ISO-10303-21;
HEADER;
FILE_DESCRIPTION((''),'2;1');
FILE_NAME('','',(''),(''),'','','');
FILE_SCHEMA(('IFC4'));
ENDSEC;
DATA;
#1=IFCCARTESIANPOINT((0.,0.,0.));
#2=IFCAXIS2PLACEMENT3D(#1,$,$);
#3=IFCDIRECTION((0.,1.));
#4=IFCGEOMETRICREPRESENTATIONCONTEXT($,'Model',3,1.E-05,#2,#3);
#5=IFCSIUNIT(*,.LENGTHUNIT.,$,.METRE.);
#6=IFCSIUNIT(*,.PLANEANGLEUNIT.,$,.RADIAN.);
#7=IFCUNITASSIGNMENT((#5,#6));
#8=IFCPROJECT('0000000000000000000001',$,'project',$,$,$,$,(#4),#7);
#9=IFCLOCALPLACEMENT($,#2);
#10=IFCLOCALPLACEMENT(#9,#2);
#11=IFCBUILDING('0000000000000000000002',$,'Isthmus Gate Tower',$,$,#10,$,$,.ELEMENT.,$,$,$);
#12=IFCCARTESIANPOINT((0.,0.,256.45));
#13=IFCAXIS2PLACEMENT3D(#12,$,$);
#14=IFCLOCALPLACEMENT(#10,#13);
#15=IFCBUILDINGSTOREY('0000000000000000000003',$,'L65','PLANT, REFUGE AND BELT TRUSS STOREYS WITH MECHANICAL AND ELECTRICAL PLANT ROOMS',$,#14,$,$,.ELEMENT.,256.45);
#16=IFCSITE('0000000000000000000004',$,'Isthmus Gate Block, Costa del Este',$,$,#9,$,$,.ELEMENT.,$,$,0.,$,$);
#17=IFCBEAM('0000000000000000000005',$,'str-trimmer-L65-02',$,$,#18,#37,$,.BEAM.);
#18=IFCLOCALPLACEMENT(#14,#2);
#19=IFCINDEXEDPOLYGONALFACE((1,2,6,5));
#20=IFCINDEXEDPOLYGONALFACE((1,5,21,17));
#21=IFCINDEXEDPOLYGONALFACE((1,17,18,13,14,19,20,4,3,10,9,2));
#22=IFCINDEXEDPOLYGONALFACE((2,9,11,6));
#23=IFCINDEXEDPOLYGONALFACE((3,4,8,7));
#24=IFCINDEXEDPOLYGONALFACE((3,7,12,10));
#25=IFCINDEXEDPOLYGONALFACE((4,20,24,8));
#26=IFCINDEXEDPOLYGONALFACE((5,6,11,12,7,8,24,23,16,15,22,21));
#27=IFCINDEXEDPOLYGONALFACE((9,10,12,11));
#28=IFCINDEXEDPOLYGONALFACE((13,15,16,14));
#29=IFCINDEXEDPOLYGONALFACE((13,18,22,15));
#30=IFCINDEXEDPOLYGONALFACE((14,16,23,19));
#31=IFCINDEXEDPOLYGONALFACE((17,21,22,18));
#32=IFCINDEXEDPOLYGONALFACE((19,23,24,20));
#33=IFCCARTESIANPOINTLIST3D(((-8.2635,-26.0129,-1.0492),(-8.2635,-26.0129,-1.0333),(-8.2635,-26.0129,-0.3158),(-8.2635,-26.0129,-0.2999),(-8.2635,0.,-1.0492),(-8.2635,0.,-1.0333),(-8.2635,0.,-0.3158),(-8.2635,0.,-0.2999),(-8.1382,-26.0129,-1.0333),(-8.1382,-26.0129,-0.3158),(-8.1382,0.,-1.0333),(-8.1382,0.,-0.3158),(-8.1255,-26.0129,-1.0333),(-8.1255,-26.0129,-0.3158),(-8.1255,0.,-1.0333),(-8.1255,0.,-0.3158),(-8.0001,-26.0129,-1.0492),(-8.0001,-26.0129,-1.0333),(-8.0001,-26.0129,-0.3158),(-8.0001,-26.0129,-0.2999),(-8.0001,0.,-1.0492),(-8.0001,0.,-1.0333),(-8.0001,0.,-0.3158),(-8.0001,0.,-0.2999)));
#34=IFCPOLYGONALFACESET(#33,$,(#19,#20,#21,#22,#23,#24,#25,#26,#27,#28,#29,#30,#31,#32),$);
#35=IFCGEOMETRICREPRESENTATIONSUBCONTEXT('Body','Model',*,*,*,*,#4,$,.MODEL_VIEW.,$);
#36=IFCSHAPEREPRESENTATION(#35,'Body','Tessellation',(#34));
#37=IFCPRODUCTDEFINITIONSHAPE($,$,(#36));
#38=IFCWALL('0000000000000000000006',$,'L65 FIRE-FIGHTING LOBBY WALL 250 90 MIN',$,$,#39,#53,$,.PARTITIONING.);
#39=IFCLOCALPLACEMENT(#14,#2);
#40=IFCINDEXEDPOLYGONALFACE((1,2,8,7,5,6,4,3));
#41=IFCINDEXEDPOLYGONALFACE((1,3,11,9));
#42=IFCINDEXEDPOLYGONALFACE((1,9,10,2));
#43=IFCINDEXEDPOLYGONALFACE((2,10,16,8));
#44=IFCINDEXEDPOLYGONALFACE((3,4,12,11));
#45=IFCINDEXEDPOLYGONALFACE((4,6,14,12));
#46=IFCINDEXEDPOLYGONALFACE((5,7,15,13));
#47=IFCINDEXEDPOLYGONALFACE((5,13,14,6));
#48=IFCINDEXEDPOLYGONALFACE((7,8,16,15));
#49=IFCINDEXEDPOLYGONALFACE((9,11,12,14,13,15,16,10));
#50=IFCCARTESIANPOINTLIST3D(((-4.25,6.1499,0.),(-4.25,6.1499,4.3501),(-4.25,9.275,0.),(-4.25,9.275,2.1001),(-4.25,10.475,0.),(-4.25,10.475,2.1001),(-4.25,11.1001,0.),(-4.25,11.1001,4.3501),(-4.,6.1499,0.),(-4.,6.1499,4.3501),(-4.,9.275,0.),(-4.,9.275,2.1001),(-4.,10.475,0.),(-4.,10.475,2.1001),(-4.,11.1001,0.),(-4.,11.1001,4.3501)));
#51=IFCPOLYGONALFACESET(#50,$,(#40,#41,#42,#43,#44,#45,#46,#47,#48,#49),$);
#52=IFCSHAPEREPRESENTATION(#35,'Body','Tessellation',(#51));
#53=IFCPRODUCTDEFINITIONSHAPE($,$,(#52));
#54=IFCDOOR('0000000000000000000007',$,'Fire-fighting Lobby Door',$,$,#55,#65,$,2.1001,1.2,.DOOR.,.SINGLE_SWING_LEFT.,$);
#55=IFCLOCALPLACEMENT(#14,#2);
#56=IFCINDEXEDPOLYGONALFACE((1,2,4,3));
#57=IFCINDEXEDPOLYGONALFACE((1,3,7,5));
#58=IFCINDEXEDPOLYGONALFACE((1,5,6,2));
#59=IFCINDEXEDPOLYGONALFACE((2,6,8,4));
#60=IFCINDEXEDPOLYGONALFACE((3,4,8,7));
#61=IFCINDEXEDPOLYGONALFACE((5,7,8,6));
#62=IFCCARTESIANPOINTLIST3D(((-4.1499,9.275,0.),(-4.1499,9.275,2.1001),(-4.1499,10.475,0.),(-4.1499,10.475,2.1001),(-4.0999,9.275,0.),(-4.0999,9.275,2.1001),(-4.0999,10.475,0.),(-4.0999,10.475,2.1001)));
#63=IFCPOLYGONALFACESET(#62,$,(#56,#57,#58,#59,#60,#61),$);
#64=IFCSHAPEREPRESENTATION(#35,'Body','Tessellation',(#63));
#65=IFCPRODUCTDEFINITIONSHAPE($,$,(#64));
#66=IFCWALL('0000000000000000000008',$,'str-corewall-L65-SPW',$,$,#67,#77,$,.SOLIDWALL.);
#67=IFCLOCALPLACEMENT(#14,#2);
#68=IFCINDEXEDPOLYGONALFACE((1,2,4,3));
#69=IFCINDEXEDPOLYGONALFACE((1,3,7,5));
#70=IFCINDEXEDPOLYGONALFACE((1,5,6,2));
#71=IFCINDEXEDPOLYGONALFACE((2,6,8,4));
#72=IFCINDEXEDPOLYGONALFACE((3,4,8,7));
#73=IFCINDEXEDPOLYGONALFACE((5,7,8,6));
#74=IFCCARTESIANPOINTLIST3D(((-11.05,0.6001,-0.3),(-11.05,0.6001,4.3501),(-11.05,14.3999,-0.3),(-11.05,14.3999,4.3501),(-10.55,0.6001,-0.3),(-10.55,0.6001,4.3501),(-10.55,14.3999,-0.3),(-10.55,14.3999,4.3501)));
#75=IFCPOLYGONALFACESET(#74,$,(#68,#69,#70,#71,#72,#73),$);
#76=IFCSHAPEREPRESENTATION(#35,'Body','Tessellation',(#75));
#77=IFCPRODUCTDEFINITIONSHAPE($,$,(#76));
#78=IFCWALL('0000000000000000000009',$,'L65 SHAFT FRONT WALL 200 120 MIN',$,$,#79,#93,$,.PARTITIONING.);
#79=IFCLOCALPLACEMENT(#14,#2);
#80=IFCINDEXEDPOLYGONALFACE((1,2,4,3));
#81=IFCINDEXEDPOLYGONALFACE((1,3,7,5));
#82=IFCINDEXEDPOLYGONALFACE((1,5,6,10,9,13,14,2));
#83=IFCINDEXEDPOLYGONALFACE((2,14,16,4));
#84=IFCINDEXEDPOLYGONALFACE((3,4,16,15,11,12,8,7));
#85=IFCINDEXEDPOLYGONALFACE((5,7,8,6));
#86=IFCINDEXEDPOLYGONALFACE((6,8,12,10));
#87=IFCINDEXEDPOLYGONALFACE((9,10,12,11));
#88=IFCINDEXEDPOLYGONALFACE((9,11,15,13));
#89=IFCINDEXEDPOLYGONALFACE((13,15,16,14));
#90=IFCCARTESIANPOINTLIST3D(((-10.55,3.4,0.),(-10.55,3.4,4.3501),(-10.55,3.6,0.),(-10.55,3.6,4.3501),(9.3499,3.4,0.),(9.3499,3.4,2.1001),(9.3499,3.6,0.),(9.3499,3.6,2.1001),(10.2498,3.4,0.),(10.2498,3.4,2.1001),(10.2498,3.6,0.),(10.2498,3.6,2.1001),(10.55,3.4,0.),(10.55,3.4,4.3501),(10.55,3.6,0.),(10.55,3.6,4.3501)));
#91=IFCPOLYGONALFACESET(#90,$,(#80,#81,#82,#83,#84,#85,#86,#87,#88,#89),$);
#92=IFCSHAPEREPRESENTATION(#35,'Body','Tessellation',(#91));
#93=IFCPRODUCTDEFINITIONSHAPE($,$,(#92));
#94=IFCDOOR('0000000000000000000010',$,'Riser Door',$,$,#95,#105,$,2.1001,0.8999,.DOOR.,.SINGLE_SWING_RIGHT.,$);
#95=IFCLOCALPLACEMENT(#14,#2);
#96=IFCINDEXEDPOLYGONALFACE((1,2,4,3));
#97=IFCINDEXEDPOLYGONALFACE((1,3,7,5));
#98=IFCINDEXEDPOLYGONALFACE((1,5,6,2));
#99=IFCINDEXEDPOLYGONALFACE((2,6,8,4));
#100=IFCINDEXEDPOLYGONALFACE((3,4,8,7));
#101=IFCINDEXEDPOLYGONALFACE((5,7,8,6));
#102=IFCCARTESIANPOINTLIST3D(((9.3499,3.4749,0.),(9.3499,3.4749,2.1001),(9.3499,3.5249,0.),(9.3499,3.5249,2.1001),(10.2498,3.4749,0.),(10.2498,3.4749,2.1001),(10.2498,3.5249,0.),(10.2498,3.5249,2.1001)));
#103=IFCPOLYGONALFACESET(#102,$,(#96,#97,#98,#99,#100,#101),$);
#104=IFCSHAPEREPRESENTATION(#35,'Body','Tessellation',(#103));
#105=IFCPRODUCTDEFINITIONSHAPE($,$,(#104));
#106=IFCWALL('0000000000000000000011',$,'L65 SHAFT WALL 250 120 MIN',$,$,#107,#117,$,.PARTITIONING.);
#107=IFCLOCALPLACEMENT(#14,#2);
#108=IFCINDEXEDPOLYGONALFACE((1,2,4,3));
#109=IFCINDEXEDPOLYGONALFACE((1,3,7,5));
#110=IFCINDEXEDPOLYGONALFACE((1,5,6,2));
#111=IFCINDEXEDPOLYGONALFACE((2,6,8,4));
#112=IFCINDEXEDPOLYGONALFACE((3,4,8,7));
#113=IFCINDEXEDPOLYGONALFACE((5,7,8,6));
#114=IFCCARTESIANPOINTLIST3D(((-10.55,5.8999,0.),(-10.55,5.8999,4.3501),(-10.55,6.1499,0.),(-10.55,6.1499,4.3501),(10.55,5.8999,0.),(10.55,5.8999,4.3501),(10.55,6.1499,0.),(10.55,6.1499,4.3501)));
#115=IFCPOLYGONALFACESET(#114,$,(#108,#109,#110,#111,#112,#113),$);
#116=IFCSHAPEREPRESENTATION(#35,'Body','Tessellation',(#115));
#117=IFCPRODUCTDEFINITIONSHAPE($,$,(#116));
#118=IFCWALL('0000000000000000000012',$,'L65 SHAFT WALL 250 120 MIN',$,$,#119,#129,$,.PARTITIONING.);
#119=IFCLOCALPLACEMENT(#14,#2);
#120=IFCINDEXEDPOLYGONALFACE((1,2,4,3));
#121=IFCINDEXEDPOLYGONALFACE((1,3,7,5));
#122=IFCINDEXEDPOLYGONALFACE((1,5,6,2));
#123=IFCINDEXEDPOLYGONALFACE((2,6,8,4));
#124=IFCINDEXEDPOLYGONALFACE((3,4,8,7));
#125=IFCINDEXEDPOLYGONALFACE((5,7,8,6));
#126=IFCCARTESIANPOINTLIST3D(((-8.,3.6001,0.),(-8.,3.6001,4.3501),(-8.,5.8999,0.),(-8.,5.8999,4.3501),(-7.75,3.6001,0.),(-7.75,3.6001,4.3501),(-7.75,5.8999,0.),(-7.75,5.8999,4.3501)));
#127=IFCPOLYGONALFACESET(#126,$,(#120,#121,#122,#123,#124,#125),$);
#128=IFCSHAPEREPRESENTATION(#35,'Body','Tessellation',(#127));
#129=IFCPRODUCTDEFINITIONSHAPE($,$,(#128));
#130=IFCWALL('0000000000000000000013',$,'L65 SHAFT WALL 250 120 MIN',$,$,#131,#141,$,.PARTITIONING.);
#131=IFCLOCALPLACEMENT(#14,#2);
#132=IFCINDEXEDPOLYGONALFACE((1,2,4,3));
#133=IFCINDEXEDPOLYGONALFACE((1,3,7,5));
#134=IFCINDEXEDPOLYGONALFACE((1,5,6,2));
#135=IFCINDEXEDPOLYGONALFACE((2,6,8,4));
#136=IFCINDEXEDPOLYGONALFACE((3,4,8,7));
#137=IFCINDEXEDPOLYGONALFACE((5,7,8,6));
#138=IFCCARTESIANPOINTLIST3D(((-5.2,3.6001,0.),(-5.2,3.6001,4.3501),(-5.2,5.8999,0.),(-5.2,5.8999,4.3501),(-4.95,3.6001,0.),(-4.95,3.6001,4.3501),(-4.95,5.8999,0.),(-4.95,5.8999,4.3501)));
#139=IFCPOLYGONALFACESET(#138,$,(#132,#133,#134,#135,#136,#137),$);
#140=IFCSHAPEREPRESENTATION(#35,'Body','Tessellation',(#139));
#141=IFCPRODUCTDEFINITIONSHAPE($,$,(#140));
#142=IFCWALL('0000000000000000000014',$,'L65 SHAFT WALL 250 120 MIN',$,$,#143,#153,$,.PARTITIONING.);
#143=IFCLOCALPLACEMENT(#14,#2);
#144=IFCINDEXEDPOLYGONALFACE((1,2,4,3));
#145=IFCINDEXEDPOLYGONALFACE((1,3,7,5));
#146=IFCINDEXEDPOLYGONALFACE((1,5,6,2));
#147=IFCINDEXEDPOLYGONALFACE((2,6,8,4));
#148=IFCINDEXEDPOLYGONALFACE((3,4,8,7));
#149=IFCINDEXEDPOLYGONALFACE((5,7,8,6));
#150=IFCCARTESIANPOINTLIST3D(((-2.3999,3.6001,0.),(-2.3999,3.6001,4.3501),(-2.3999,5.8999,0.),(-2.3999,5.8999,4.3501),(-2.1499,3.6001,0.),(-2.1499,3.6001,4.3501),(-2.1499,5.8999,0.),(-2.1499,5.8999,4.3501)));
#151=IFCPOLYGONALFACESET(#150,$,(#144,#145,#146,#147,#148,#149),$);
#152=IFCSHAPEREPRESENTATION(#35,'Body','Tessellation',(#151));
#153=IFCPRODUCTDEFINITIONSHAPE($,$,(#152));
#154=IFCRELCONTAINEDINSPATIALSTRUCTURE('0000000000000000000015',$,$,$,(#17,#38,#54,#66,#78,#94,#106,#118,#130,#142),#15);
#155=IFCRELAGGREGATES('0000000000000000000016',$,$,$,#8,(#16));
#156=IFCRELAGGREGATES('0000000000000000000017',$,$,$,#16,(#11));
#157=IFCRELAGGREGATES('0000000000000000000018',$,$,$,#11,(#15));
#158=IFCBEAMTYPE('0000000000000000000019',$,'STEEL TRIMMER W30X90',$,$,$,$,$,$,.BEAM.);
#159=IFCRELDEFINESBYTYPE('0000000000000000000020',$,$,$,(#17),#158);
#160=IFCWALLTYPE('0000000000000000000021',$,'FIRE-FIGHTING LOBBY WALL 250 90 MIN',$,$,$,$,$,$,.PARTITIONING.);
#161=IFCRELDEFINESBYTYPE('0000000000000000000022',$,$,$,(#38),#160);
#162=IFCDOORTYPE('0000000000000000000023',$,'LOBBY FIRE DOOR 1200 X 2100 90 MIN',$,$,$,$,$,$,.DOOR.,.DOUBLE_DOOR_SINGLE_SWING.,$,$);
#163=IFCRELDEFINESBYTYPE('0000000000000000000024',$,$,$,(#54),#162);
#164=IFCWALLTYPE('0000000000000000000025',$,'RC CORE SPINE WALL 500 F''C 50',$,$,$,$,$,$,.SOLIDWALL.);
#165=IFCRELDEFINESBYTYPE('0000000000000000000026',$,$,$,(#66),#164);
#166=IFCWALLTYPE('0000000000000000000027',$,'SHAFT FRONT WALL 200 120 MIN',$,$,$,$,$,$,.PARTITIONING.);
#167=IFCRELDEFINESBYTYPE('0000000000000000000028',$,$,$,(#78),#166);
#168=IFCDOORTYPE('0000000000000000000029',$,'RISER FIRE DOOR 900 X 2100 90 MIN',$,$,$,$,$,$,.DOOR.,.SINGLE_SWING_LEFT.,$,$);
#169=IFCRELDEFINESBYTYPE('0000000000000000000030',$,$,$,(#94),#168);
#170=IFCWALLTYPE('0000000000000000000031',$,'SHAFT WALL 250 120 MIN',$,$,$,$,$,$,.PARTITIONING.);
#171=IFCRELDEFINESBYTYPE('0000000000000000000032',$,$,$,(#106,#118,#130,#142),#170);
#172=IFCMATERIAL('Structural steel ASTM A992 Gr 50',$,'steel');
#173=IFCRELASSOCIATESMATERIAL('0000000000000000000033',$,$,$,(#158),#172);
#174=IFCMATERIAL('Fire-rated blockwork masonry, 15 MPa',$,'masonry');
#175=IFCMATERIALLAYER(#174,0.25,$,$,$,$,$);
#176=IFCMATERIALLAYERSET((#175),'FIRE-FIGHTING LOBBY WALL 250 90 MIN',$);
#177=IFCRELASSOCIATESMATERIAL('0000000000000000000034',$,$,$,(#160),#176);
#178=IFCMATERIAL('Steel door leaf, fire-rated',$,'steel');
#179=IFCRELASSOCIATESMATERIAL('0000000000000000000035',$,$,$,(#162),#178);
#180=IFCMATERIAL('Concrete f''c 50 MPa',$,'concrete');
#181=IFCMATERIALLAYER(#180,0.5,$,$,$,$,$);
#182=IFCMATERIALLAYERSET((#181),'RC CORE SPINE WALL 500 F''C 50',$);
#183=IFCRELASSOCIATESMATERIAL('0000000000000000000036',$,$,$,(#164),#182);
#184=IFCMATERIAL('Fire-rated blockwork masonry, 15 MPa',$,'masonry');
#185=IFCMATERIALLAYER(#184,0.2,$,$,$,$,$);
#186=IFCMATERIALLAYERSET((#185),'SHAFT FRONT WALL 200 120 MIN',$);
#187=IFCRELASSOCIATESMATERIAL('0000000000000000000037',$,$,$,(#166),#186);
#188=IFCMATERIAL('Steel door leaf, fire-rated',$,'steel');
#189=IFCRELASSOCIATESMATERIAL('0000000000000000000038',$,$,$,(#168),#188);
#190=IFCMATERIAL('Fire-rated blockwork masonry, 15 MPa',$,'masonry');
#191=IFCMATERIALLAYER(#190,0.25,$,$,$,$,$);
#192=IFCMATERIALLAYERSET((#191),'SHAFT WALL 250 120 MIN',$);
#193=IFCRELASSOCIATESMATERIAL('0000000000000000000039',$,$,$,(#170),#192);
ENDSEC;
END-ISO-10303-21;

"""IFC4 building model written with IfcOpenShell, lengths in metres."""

from ifc_helpers import new_model, si_unit, direction, frame, frame_2d, origin, origin_2d, place, context, subcontext, project, spatial, rectangle, i_section, extrude, material, layer, layer_set, material_profile, profile_set, type_object, element, fill, save


model = new_model("IFC4")

# Units and contexts
model_context = context("Model", 3, precision=1e-05, world=origin(), true_north=direction((0.0, 1.0)))
body_context = subcontext(model_context, "Body", "Model", "MODEL_VIEW")
ifc_project = project(units=[si_unit("LENGTHUNIT", "METRE"), si_unit("PLANEANGLEUNIT", "RADIAN")], contexts=[model_context])

# Site, building, storey
site_placement = place(None, origin())
site = spatial("IfcSite", under=ifc_project, at=site_placement, Name="Isthmus Gate Block, Costa del Este", CompositionType="ELEMENT", RefElevation=0.0)
building_placement = place(site_placement, origin())
building = spatial("IfcBuilding", under=site, at=building_placement, Name="Isthmus Gate Tower", CompositionType="ELEMENT")
storey_placement = place(building_placement, frame((0.0, 0.0, 256.45)))
storey = spatial("IfcBuildingStorey", under=building, at=storey_placement, Name="L65", Description="PLANT, REFUGE AND BELT TRUSS STOREYS WITH MECHANICAL AND ELECTRICAL PLANT ROOMS", CompositionType="ELEMENT", Elevation=256.45)

# Beam
ifc_material_1 = material(Name="Structural steel ASTM A992 Gr 50", Category="steel")
ifc_material_profile = material_profile(ifc_material_1, i_section(OverallWidth=0.2634, OverallDepth=0.7493, WebThickness=0.0127, FlangeThickness=0.0159, at=origin_2d()), Name="W30X90")
ifc_profile_set = profile_set([ifc_material_profile], Name="Structural steel ASTM A992 Gr 50")
beam_type = type_object("IfcBeamType", Name="STEEL TRIMMER W30X90", PredefinedType="BEAM", material=ifc_profile_set)
beam_placement = place(storey_placement, frame((-8.1318, 0.0, -0.6746), z_axis=(0.0, -1.0, 0.0), x_axis=(1.0, 0.0, 0.0)))
element("IfcBeam", 1, at=beam_placement, inside=storey, type_object=beam_type, Name="str-trimmer-L65-02", PredefinedType="BEAM", context=body_context, shape_type="SweptSolid", body=[
    extrude(i_section(OverallWidth=0.2634, OverallDepth=0.7493, WebThickness=0.0127, FlangeThickness=0.0159, at=origin_2d()), origin(), (0.0, 0.0, 1.0), 26.0129),
])

# Wall, opening, door
ifc_material_2 = material(Name="Fire-rated blockwork masonry, 15 MPa", Category="masonry")
ifc_layer_1 = layer(ifc_material_2, 0.25)
ifc_layer_set_1 = layer_set([ifc_layer_1], Name="FIRE-FIGHTING LOBBY WALL 250 90 MIN")
wall_type_1 = type_object("IfcWallType", Name="FIRE-FIGHTING LOBBY WALL 250 90 MIN", PredefinedType="PARTITIONING", material=ifc_layer_set_1)
wall_1_placement = place(storey_placement, frame((-4.125, 6.1499, 0.0), z_axis=(0.0, 0.0, 1.0), x_axis=(0.0, 1.0, 0.0)))
wall_1 = element("IfcWall", 2, at=wall_1_placement, inside=storey, type_object=wall_type_1, Name="L65 FIRE-FIGHTING LOBBY WALL 250 90 MIN", PredefinedType="PARTITIONING", context=body_context, shape_type="SweptSolid", body=[
    extrude(rectangle(XDim=4.9502, YDim=0.25, at=frame_2d((2.4751, 0.0))), origin(), (0.0, 0.0, 1.0), 4.3501),
])
opening_1_placement = place(wall_1_placement, frame((3.125, 0.0, 0.0)))
opening_1 = element("IfcOpeningElement", 3, at=opening_1_placement, cuts=wall_1, PredefinedType="OPENING", context=body_context, shape_type="SweptSolid", body=[
    extrude(rectangle(XDim=1.2, YDim=2.1001, at=frame_2d((0.6001, 1.05))), frame((0.0, 0.135, 0.0), z_axis=(0.0, -1.0, 0.0), x_axis=(1.0, 0.0, 0.0)), (0.0, 0.0, 1.0), 0.27),
])
ifc_material_3 = material(Name="Steel door leaf, fire-rated", Category="steel")
door_type_1 = type_object("IfcDoorType", Name="LOBBY FIRE DOOR 1200 X 2100 90 MIN", OperationType="DOUBLE_DOOR_SINGLE_SWING", PredefinedType="DOOR", material=ifc_material_3)
door_1_placement = place(opening_1_placement, origin())
door_1 = element("IfcDoor", 4, at=door_1_placement, inside=storey, type_object=door_type_1, Name="Fire-fighting Lobby Door", OperationType="SINGLE_SWING_LEFT", OverallHeight=2.1001, OverallWidth=1.2, PredefinedType="DOOR", context=body_context, shape_type="SweptSolid", body=[
    extrude(rectangle(XDim=1.2, YDim=2.1001, at=frame_2d((0.6001, 1.05))), frame((0.0, 0.0249, 0.0), z_axis=(0.0, -1.0, 0.0), x_axis=(1.0, 0.0, 0.0)), (0.0, 0.0, 1.0), 0.05),
])
fill(opening_1, door_1)

# Wall
ifc_material_4 = material(Name="Concrete f'c 50 MPa", Category="concrete")
ifc_layer_2 = layer(ifc_material_4, 0.5)
ifc_layer_set_2 = layer_set([ifc_layer_2], Name="RC CORE SPINE WALL 500 F'C 50")
wall_type_2 = type_object("IfcWallType", Name="RC CORE SPINE WALL 500 F'C 50", PredefinedType="SOLIDWALL", material=ifc_layer_set_2)
wall_2_placement = place(storey_placement, frame((-10.8, 0.6001, -0.3), z_axis=(0.0, 0.0, 1.0), x_axis=(0.0, 1.0, 0.0)))
element("IfcWall", 5, at=wall_2_placement, inside=storey, type_object=wall_type_2, Name="str-corewall-L65-SPW", PredefinedType="SOLIDWALL", context=body_context, shape_type="SweptSolid", body=[
    extrude(rectangle(XDim=13.7998, YDim=0.5, at=frame_2d((6.8999, 0.0))), origin(), (0.0, 0.0, 1.0), 4.6501),
])

# Wall, opening, door
ifc_material_5 = material(Name="Fire-rated blockwork masonry, 15 MPa", Category="masonry")
ifc_layer_3 = layer(ifc_material_5, 0.2)
ifc_layer_set_3 = layer_set([ifc_layer_3], Name="SHAFT FRONT WALL 200 120 MIN")
wall_type_3 = type_object("IfcWallType", Name="SHAFT FRONT WALL 200 120 MIN", PredefinedType="PARTITIONING", material=ifc_layer_set_3)
wall_3_placement = place(storey_placement, frame((-10.55, 3.5, 0.0), z_axis=(0.0, 0.0, 1.0), x_axis=(1.0, 0.0, 0.0)))
wall_3 = element("IfcWall", 6, at=wall_3_placement, inside=storey, type_object=wall_type_3, Name="L65 SHAFT FRONT WALL 200 120 MIN", PredefinedType="PARTITIONING", context=body_context, shape_type="SweptSolid", body=[
    extrude(rectangle(XDim=21.1001, YDim=0.2, at=frame_2d((10.55, 0.0))), origin(), (0.0, 0.0, 1.0), 4.3501),
])
opening_2_placement = place(wall_3_placement, frame((19.8999, 0.0, 0.0)))
opening_2 = element("IfcOpeningElement", 7, at=opening_2_placement, cuts=wall_3, PredefinedType="OPENING", context=body_context, shape_type="SweptSolid", body=[
    extrude(rectangle(XDim=0.8999, YDim=2.1001, at=frame_2d((0.45, 1.05))), frame((0.0, 0.1099, 0.0), z_axis=(0.0, -1.0, 0.0), x_axis=(1.0, 0.0, 0.0)), (0.0, 0.0, 1.0), 0.22),
])
ifc_material_6 = material(Name="Steel door leaf, fire-rated", Category="steel")
door_type_2 = type_object("IfcDoorType", Name="RISER FIRE DOOR 900 X 2100 90 MIN", OperationType="SINGLE_SWING_LEFT", PredefinedType="DOOR", material=ifc_material_6)
door_2_placement = place(opening_2_placement, origin())
door_2 = element("IfcDoor", 8, at=door_2_placement, inside=storey, type_object=door_type_2, Name="Riser Door", OperationType="SINGLE_SWING_RIGHT", OverallHeight=2.1001, OverallWidth=0.8999, PredefinedType="DOOR", context=body_context, shape_type="SweptSolid", body=[
    extrude(rectangle(XDim=0.8999, YDim=2.1001, at=frame_2d((0.45, 1.05))), frame((0.0, 0.0249, 0.0), z_axis=(0.0, -1.0, 0.0), x_axis=(1.0, 0.0, 0.0)), (0.0, 0.0, 1.0), 0.05),
])
fill(opening_2, door_2)

# Walls
ifc_material_7 = material(Name="Fire-rated blockwork masonry, 15 MPa", Category="masonry")
ifc_layer_4 = layer(ifc_material_7, 0.25)
ifc_layer_set_4 = layer_set([ifc_layer_4], Name="SHAFT WALL 250 120 MIN")
wall_type_4 = type_object("IfcWallType", Name="SHAFT WALL 250 120 MIN", PredefinedType="PARTITIONING", material=ifc_layer_set_4)
wall_4_placement = place(storey_placement, frame((-10.55, 6.0249, 0.0), z_axis=(0.0, 0.0, 1.0), x_axis=(1.0, 0.0, 0.0)))
element("IfcWall", 9, at=wall_4_placement, inside=storey, type_object=wall_type_4, Name="L65 SHAFT WALL 250 120 MIN", PredefinedType="PARTITIONING", context=body_context, shape_type="SweptSolid", body=[
    extrude(rectangle(XDim=21.1001, YDim=0.25, at=frame_2d((10.55, 0.0))), origin(), (0.0, 0.0, 1.0), 4.3501),
])
for number, where, z_axis, x_axis, name in (
    (10, (-7.875, 3.6001, 0.0), (0.0, 0.0, 1.0), (0.0, 1.0, 0.0), "L65 SHAFT WALL 250 120 MIN"),
    (11, (-5.075, 3.6001, 0.0), (0.0, 0.0, 1.0), (0.0, 1.0, 0.0), "L65 SHAFT WALL 250 120 MIN"),
    (12, (-2.2749, 3.6001, 0.0), (0.0, 0.0, 1.0), (0.0, 1.0, 0.0), "L65 SHAFT WALL 250 120 MIN"),
):
    element("IfcWall", number, at=place(storey_placement, frame(where, z_axis=z_axis, x_axis=x_axis)), inside=storey, type_object=wall_type_4, Name=name, PredefinedType="PARTITIONING", context=body_context, shape_type="SweptSolid", body=[
        extrude(rectangle(XDim=2.2998, YDim=0.25, at=frame_2d((1.1499, 0.0))), origin(), (0.0, 0.0, 1.0), 4.3501),
    ])

save(model, "model.ifc")
